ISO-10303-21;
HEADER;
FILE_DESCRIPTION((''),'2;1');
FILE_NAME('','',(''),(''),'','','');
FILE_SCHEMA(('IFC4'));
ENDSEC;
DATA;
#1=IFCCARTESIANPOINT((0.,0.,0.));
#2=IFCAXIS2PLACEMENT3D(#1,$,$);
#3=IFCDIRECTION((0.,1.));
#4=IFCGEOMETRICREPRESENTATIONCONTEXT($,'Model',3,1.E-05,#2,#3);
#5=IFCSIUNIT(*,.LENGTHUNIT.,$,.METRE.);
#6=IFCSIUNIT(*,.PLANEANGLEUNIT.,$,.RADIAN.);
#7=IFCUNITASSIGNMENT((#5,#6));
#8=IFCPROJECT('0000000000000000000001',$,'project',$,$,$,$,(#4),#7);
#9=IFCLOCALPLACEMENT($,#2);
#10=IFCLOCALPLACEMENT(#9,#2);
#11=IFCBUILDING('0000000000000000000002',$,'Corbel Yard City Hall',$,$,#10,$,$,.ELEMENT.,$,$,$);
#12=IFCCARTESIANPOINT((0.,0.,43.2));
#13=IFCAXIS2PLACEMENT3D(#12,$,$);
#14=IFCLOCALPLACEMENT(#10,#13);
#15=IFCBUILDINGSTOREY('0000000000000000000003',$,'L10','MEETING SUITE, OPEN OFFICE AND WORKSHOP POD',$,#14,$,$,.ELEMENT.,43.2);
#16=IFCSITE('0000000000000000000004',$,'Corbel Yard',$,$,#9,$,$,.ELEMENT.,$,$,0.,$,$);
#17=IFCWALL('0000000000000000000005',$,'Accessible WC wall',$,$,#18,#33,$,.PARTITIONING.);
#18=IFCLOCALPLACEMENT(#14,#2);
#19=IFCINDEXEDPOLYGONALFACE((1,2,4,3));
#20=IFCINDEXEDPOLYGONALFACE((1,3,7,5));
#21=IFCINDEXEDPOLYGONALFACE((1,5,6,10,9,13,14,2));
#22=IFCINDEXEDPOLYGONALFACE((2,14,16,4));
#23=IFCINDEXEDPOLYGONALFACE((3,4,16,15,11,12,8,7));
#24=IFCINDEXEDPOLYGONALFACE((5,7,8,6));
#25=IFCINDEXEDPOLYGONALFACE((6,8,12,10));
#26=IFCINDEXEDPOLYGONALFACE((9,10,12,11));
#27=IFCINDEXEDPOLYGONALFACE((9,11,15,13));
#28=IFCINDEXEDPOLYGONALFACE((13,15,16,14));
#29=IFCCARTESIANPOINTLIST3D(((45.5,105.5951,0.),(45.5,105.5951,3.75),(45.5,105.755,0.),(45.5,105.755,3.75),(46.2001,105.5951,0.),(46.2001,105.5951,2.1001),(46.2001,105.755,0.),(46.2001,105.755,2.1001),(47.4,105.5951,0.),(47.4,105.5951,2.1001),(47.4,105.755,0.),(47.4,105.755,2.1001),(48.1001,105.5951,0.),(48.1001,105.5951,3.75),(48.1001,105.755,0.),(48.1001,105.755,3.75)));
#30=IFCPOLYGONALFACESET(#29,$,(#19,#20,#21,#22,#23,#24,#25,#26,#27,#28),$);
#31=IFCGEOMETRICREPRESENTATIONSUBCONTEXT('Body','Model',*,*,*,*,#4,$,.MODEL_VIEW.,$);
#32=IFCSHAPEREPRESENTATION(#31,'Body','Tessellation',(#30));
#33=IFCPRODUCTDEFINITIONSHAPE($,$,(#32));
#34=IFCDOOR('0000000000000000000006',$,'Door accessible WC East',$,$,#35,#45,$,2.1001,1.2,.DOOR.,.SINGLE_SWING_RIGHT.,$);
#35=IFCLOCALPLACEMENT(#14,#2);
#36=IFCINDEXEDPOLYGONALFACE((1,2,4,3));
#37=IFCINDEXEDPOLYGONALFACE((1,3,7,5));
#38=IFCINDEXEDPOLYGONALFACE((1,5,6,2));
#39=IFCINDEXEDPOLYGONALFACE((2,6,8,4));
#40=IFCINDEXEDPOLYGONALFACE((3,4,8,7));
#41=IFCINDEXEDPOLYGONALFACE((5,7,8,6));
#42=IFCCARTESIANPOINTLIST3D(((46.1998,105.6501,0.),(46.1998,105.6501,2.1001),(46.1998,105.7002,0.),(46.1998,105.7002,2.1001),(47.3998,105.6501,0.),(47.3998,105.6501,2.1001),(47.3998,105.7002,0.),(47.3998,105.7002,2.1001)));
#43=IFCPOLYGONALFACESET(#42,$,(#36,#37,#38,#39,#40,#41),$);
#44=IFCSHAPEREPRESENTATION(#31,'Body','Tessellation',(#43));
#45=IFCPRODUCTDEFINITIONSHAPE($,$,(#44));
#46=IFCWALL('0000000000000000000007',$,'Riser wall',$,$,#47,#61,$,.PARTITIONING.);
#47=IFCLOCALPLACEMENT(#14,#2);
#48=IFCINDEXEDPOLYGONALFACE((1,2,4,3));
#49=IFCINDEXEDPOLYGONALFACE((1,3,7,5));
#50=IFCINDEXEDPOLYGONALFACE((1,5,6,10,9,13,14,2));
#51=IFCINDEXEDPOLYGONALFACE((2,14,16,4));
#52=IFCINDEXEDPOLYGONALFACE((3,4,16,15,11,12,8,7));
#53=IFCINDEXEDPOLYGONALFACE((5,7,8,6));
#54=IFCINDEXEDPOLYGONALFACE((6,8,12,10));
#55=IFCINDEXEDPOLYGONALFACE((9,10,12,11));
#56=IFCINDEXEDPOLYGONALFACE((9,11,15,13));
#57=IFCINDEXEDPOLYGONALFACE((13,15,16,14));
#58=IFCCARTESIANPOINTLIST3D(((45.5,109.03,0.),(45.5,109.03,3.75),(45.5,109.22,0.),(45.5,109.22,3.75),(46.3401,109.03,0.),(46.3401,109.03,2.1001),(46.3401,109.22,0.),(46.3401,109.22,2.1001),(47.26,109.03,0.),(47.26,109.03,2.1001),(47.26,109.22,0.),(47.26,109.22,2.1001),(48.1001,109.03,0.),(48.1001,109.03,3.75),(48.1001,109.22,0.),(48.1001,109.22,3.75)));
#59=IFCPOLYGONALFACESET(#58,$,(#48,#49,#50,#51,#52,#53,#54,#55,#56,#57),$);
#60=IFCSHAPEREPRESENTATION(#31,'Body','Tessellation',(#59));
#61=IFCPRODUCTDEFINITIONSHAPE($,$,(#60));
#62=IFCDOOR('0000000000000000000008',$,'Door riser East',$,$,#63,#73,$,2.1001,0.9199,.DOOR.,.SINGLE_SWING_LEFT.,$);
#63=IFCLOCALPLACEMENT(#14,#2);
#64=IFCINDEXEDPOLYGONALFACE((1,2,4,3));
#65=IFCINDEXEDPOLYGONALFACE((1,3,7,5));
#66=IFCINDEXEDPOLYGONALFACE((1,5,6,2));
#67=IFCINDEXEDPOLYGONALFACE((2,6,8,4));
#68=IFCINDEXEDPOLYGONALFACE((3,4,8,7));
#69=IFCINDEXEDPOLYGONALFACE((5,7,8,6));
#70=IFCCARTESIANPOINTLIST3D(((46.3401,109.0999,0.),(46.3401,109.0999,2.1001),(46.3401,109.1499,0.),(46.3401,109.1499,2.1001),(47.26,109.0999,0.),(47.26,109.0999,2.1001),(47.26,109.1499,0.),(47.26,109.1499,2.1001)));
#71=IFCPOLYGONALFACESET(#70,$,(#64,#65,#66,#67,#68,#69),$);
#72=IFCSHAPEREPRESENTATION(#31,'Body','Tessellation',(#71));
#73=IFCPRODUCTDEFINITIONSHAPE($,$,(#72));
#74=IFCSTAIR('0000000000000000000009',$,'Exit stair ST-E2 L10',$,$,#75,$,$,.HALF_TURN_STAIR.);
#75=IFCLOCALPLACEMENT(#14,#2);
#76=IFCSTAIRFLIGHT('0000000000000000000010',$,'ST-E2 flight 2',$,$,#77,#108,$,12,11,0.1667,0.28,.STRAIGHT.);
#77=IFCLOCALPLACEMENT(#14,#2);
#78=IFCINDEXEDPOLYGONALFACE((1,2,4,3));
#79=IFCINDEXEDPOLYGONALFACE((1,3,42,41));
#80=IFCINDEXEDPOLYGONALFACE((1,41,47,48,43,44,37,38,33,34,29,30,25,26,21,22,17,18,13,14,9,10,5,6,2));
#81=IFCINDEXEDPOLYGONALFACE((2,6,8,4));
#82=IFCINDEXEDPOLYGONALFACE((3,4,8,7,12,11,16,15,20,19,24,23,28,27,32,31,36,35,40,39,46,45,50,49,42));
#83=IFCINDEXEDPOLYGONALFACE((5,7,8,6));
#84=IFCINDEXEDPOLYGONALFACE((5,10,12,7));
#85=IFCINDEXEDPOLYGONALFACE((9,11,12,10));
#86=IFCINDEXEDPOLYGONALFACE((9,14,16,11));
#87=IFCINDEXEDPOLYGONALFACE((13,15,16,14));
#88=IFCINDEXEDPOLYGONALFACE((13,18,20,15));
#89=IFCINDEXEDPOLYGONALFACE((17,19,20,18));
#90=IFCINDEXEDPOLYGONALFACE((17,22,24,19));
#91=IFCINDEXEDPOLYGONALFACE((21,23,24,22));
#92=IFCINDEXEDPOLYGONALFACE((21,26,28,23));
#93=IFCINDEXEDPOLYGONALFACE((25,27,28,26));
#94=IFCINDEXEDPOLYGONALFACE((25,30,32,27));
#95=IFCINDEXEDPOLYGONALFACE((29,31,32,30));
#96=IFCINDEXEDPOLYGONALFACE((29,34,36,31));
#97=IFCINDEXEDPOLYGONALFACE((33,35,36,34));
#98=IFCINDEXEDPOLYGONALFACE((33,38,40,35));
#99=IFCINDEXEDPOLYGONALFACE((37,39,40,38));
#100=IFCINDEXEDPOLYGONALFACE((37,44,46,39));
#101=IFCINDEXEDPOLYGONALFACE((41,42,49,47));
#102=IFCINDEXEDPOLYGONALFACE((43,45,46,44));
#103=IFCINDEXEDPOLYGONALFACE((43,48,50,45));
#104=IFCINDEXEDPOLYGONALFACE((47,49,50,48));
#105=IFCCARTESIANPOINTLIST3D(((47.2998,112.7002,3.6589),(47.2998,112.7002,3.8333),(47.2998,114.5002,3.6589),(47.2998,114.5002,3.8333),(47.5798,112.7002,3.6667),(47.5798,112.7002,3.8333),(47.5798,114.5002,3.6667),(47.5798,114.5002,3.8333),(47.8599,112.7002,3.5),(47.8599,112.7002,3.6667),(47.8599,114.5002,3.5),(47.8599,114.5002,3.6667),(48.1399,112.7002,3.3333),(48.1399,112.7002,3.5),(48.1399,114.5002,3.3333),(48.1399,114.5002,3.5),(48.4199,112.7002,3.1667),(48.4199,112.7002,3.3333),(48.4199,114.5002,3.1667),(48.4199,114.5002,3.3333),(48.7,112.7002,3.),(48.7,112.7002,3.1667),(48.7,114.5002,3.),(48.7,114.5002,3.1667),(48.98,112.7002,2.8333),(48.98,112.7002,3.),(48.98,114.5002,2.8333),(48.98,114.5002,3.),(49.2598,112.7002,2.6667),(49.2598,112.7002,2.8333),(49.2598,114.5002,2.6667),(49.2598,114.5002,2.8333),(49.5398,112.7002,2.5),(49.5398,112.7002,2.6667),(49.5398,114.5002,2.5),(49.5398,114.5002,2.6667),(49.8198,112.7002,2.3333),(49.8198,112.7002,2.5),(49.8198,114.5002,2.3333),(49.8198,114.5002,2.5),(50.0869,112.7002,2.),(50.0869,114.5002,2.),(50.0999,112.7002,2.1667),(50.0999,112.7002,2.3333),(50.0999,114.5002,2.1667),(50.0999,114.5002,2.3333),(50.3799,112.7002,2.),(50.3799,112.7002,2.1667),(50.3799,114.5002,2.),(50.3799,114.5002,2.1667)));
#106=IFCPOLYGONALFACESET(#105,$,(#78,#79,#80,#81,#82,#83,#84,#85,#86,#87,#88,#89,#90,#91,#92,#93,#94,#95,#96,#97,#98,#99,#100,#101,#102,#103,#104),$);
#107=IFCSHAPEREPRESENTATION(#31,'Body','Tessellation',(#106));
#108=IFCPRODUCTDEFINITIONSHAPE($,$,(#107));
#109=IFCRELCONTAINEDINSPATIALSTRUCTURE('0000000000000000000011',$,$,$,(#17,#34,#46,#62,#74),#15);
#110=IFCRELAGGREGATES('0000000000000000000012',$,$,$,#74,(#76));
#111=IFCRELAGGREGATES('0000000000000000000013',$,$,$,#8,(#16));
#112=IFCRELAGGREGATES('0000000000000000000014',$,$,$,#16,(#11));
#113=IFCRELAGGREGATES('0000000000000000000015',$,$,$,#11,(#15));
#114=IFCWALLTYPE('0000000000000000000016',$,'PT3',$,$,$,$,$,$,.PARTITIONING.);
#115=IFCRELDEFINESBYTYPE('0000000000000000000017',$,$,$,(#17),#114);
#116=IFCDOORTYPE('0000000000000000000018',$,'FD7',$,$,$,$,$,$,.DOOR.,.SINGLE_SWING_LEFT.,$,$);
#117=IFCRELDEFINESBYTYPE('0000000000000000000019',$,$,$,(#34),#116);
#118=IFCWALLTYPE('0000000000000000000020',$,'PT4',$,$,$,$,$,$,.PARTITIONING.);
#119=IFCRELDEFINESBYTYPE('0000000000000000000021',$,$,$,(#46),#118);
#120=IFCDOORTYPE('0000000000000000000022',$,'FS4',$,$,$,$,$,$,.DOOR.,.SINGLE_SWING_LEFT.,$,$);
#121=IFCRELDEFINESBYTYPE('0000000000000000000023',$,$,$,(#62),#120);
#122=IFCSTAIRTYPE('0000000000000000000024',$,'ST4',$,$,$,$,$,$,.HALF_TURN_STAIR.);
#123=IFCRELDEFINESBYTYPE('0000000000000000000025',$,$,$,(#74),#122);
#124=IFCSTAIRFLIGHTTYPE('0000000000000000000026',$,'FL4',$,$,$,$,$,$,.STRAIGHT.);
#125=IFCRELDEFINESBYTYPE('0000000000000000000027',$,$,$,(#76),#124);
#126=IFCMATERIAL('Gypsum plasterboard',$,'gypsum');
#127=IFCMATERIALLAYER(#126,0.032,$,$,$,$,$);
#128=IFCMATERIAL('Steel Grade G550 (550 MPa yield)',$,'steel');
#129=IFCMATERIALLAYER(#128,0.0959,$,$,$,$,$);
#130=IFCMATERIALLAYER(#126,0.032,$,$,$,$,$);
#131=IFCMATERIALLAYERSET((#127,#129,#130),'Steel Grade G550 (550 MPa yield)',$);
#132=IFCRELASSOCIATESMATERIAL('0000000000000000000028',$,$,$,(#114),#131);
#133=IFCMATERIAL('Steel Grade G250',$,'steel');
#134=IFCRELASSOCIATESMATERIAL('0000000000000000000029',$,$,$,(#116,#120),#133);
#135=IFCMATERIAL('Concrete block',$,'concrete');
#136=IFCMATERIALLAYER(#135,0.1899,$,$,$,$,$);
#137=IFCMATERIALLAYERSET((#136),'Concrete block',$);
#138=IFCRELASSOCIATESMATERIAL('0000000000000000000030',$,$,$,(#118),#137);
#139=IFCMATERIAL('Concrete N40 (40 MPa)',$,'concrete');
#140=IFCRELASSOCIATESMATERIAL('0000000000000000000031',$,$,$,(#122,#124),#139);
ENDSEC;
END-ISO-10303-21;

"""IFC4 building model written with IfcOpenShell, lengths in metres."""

from ifc_helpers import new_model, si_unit, direction, frame, frame_2d, origin, place, context, subcontext, project, spatial, polyline, rectangle, outline, extrude, material, layer, layer_set, type_object, element, fill, aggregate, save


model = new_model("IFC4")

# Units and contexts
model_context = context("Model", 3, precision=1e-05, world=origin(), true_north=direction((0.0, 1.0)))
body_context = subcontext(model_context, "Body", "Model", "MODEL_VIEW")
ifc_project = project(units=[si_unit("LENGTHUNIT", "METRE"), si_unit("PLANEANGLEUNIT", "RADIAN")], contexts=[model_context])

# Site, building, storey
site_placement = place(None, origin())
site = spatial("IfcSite", under=ifc_project, at=site_placement, Name="Corbel Yard", CompositionType="ELEMENT", RefElevation=0.0)
building_placement = place(site_placement, origin())
building = spatial("IfcBuilding", under=site, at=building_placement, Name="Corbel Yard City Hall", CompositionType="ELEMENT")
storey_placement = place(building_placement, frame((0.0, 0.0, 43.2)))
storey = spatial("IfcBuildingStorey", under=building, at=storey_placement, Name="L10", Description="MEETING SUITE, OPEN OFFICE AND WORKSHOP POD", CompositionType="ELEMENT", Elevation=43.2)

# Shared definitions
ifc_material_1 = material(Name="Concrete N40 (40 MPa)", Category="concrete")

# Walls, openings, doors
ifc_material_2 = material(Name="Gypsum plasterboard", Category="gypsum")
ifc_layer_1 = layer(ifc_material_2, 0.032)
ifc_material_3 = material(Name="Steel Grade G550 (550 MPa yield)", Category="steel")
ifc_layer_2 = layer(ifc_material_3, 0.0959)
ifc_layer_3 = layer(ifc_material_2, 0.032)
ifc_layer_set_1 = layer_set([ifc_layer_1, ifc_layer_2, ifc_layer_3], Name="Steel Grade G550 (550 MPa yield)")
wall_type_1 = type_object("IfcWallType", Name="PT3", PredefinedType="PARTITIONING", material=ifc_layer_set_1)
wall_1_placement = place(storey_placement, frame((45.5, 105.675, 0.0), z_axis=(0.0, 0.0, 1.0), x_axis=(1.0, 0.0, 0.0)))
wall_1 = element("IfcWall", 1, at=wall_1_placement, inside=storey, type_object=wall_type_1, Name="Accessible WC wall", PredefinedType="PARTITIONING", context=body_context, shape_type="SweptSolid", body=[
    extrude(rectangle(XDim=2.6001, YDim=0.1599, at=frame_2d((1.3, 0.0))), origin(), (0.0, 0.0, 1.0), 3.75),
])
opening_1_placement = place(wall_1_placement, frame((0.7, 0.0, 0.0)))
opening_1 = element("IfcOpeningElement", 2, at=opening_1_placement, cuts=wall_1, PredefinedType="OPENING", context=body_context, shape_type="SweptSolid", body=[
    extrude(rectangle(XDim=1.2, YDim=2.1001, at=frame_2d((0.6001, 1.05))), frame((0.0, 0.0898, 0.0), z_axis=(0.0, -1.0, 0.0), x_axis=(1.0, 0.0, 0.0)), (0.0, 0.0, 1.0), 0.1799),
])
ifc_material_4 = material(Name="Steel Grade G250", Category="steel")
door_type_1 = type_object("IfcDoorType", Name="FD7", OperationType="SINGLE_SWING_LEFT", PredefinedType="DOOR", material=ifc_material_4)
door_1_placement = place(opening_1_placement, frame((1.2, 0.0, 0.0), z_axis=(0.0, 0.0, 1.0), x_axis=(-1.0, 0.0, 0.0)))
door_1 = element("IfcDoor", 3, at=door_1_placement, inside=storey, type_object=door_type_1, Name="Door accessible WC East", OperationType="SINGLE_SWING_RIGHT", OverallHeight=2.1001, OverallWidth=1.2, PredefinedType="DOOR", context=body_context, shape_type="SweptSolid", body=[
    extrude(rectangle(XDim=1.2, YDim=2.1001, at=frame_2d((0.6001, 1.05))), frame((0.0, 0.0249, 0.0), z_axis=(0.0, -1.0, 0.0), x_axis=(1.0, 0.0, 0.0)), (0.0, 0.0, 1.0), 0.05),
])
fill(opening_1, door_1)
ifc_material_5 = material(Name="Concrete block", Category="concrete")
ifc_layer_4 = layer(ifc_material_5, 0.1899)
ifc_layer_set_2 = layer_set([ifc_layer_4], Name="Concrete block")
wall_type_2 = type_object("IfcWallType", Name="PT4", PredefinedType="PARTITIONING", material=ifc_layer_set_2)
wall_2_placement = place(storey_placement, frame((45.5, 109.125, 0.0), z_axis=(0.0, 0.0, 1.0), x_axis=(1.0, 0.0, 0.0)))
wall_2 = element("IfcWall", 4, at=wall_2_placement, inside=storey, type_object=wall_type_2, Name="Riser wall", PredefinedType="PARTITIONING", context=body_context, shape_type="SweptSolid", body=[
    extrude(rectangle(XDim=2.6001, YDim=0.1899, at=frame_2d((1.3, 0.0))), origin(), (0.0, 0.0, 1.0), 3.75),
])
opening_2_placement = place(wall_2_placement, frame((0.8401, 0.0, 0.0)))
opening_2 = element("IfcOpeningElement", 5, at=opening_2_placement, cuts=wall_2, PredefinedType="OPENING", context=body_context, shape_type="SweptSolid", body=[
    extrude(rectangle(XDim=0.9199, YDim=2.1001, at=frame_2d((0.46, 1.05))), frame((0.0, 0.105, 0.0), z_axis=(0.0, -1.0, 0.0), x_axis=(1.0, 0.0, 0.0)), (0.0, 0.0, 1.0), 0.21),
])
door_type_2 = type_object("IfcDoorType", Name="FS4", OperationType="SINGLE_SWING_LEFT", PredefinedType="DOOR", material=ifc_material_4)
door_2_placement = place(opening_2_placement, origin())
door_2 = element("IfcDoor", 6, at=door_2_placement, inside=storey, type_object=door_type_2, Name="Door riser East", OperationType="SINGLE_SWING_LEFT", OverallHeight=2.1001, OverallWidth=0.9199, PredefinedType="DOOR", context=body_context, shape_type="SweptSolid", body=[
    extrude(rectangle(XDim=0.9199, YDim=2.1001, at=frame_2d((0.46, 1.05))), frame((0.0, 0.0249, 0.0), z_axis=(0.0, -1.0, 0.0), x_axis=(1.0, 0.0, 0.0)), (0.0, 0.0, 1.0), 0.05),
])
fill(opening_2, door_2)

# Stair, stair flight
stair_type = type_object("IfcStairType", Name="ST4", PredefinedType="HALF_TURN_STAIR", material=ifc_material_1)
stair_placement = place(storey_placement, origin())
stair = element("IfcStair", 7, at=stair_placement, inside=storey, type_object=stair_type, Name="Exit stair ST-E2 L10", PredefinedType="HALF_TURN_STAIR")
stair_flight_type = type_object("IfcStairFlightType", Name="FL4", PredefinedType="STRAIGHT", material=ifc_material_1)
stair_flight_placement = place(storey_placement, frame((50.3799, 113.6001, 2.0), z_axis=(0.0, 0.0, 1.0), x_axis=(-1.0, 0.0, 0.0)))
stair_flight = element("IfcStairFlight", 8, at=stair_flight_placement, type_object=stair_flight_type, Name="ST-E2 flight 2", NumberOfRisers=12, NumberOfTreads=11, PredefinedType="STRAIGHT", RiserHeight=0.1667, TreadLength=0.28, context=body_context, shape_type="SweptSolid", body=[
    extrude(outline(polyline([(0.0, 0.0), (0.0, 0.1667), (0.28, 0.1667), (0.28, 0.3333), (0.5601, 0.3333), (0.5601, 0.5), (0.8401, 0.5), (0.8401, 0.6667), (1.1201, 0.6667), (1.1201, 0.8333), (1.3999, 0.8333), (1.3999, 1.0), (1.6799, 1.0), (1.6799, 1.1667), (1.96, 1.1667), (1.96, 1.3333), (2.24, 1.3333), (2.24, 1.5), (2.52, 1.5), (2.52, 1.6667), (2.8, 1.6667), (2.8, 1.8333), (3.0801, 1.8333), (3.0801, 2.0), (3.0801, 1.6589), (0.293, 0.0), (0.0, 0.0)])), frame((0.0, 0.8999, 0.0), z_axis=(0.0, -1.0, 0.0), x_axis=(1.0, 0.0, 0.0)), (0.0, 0.0, 1.0), 1.8),
])
aggregate(stair, [stair_flight])

save(model, "model.ifc")
